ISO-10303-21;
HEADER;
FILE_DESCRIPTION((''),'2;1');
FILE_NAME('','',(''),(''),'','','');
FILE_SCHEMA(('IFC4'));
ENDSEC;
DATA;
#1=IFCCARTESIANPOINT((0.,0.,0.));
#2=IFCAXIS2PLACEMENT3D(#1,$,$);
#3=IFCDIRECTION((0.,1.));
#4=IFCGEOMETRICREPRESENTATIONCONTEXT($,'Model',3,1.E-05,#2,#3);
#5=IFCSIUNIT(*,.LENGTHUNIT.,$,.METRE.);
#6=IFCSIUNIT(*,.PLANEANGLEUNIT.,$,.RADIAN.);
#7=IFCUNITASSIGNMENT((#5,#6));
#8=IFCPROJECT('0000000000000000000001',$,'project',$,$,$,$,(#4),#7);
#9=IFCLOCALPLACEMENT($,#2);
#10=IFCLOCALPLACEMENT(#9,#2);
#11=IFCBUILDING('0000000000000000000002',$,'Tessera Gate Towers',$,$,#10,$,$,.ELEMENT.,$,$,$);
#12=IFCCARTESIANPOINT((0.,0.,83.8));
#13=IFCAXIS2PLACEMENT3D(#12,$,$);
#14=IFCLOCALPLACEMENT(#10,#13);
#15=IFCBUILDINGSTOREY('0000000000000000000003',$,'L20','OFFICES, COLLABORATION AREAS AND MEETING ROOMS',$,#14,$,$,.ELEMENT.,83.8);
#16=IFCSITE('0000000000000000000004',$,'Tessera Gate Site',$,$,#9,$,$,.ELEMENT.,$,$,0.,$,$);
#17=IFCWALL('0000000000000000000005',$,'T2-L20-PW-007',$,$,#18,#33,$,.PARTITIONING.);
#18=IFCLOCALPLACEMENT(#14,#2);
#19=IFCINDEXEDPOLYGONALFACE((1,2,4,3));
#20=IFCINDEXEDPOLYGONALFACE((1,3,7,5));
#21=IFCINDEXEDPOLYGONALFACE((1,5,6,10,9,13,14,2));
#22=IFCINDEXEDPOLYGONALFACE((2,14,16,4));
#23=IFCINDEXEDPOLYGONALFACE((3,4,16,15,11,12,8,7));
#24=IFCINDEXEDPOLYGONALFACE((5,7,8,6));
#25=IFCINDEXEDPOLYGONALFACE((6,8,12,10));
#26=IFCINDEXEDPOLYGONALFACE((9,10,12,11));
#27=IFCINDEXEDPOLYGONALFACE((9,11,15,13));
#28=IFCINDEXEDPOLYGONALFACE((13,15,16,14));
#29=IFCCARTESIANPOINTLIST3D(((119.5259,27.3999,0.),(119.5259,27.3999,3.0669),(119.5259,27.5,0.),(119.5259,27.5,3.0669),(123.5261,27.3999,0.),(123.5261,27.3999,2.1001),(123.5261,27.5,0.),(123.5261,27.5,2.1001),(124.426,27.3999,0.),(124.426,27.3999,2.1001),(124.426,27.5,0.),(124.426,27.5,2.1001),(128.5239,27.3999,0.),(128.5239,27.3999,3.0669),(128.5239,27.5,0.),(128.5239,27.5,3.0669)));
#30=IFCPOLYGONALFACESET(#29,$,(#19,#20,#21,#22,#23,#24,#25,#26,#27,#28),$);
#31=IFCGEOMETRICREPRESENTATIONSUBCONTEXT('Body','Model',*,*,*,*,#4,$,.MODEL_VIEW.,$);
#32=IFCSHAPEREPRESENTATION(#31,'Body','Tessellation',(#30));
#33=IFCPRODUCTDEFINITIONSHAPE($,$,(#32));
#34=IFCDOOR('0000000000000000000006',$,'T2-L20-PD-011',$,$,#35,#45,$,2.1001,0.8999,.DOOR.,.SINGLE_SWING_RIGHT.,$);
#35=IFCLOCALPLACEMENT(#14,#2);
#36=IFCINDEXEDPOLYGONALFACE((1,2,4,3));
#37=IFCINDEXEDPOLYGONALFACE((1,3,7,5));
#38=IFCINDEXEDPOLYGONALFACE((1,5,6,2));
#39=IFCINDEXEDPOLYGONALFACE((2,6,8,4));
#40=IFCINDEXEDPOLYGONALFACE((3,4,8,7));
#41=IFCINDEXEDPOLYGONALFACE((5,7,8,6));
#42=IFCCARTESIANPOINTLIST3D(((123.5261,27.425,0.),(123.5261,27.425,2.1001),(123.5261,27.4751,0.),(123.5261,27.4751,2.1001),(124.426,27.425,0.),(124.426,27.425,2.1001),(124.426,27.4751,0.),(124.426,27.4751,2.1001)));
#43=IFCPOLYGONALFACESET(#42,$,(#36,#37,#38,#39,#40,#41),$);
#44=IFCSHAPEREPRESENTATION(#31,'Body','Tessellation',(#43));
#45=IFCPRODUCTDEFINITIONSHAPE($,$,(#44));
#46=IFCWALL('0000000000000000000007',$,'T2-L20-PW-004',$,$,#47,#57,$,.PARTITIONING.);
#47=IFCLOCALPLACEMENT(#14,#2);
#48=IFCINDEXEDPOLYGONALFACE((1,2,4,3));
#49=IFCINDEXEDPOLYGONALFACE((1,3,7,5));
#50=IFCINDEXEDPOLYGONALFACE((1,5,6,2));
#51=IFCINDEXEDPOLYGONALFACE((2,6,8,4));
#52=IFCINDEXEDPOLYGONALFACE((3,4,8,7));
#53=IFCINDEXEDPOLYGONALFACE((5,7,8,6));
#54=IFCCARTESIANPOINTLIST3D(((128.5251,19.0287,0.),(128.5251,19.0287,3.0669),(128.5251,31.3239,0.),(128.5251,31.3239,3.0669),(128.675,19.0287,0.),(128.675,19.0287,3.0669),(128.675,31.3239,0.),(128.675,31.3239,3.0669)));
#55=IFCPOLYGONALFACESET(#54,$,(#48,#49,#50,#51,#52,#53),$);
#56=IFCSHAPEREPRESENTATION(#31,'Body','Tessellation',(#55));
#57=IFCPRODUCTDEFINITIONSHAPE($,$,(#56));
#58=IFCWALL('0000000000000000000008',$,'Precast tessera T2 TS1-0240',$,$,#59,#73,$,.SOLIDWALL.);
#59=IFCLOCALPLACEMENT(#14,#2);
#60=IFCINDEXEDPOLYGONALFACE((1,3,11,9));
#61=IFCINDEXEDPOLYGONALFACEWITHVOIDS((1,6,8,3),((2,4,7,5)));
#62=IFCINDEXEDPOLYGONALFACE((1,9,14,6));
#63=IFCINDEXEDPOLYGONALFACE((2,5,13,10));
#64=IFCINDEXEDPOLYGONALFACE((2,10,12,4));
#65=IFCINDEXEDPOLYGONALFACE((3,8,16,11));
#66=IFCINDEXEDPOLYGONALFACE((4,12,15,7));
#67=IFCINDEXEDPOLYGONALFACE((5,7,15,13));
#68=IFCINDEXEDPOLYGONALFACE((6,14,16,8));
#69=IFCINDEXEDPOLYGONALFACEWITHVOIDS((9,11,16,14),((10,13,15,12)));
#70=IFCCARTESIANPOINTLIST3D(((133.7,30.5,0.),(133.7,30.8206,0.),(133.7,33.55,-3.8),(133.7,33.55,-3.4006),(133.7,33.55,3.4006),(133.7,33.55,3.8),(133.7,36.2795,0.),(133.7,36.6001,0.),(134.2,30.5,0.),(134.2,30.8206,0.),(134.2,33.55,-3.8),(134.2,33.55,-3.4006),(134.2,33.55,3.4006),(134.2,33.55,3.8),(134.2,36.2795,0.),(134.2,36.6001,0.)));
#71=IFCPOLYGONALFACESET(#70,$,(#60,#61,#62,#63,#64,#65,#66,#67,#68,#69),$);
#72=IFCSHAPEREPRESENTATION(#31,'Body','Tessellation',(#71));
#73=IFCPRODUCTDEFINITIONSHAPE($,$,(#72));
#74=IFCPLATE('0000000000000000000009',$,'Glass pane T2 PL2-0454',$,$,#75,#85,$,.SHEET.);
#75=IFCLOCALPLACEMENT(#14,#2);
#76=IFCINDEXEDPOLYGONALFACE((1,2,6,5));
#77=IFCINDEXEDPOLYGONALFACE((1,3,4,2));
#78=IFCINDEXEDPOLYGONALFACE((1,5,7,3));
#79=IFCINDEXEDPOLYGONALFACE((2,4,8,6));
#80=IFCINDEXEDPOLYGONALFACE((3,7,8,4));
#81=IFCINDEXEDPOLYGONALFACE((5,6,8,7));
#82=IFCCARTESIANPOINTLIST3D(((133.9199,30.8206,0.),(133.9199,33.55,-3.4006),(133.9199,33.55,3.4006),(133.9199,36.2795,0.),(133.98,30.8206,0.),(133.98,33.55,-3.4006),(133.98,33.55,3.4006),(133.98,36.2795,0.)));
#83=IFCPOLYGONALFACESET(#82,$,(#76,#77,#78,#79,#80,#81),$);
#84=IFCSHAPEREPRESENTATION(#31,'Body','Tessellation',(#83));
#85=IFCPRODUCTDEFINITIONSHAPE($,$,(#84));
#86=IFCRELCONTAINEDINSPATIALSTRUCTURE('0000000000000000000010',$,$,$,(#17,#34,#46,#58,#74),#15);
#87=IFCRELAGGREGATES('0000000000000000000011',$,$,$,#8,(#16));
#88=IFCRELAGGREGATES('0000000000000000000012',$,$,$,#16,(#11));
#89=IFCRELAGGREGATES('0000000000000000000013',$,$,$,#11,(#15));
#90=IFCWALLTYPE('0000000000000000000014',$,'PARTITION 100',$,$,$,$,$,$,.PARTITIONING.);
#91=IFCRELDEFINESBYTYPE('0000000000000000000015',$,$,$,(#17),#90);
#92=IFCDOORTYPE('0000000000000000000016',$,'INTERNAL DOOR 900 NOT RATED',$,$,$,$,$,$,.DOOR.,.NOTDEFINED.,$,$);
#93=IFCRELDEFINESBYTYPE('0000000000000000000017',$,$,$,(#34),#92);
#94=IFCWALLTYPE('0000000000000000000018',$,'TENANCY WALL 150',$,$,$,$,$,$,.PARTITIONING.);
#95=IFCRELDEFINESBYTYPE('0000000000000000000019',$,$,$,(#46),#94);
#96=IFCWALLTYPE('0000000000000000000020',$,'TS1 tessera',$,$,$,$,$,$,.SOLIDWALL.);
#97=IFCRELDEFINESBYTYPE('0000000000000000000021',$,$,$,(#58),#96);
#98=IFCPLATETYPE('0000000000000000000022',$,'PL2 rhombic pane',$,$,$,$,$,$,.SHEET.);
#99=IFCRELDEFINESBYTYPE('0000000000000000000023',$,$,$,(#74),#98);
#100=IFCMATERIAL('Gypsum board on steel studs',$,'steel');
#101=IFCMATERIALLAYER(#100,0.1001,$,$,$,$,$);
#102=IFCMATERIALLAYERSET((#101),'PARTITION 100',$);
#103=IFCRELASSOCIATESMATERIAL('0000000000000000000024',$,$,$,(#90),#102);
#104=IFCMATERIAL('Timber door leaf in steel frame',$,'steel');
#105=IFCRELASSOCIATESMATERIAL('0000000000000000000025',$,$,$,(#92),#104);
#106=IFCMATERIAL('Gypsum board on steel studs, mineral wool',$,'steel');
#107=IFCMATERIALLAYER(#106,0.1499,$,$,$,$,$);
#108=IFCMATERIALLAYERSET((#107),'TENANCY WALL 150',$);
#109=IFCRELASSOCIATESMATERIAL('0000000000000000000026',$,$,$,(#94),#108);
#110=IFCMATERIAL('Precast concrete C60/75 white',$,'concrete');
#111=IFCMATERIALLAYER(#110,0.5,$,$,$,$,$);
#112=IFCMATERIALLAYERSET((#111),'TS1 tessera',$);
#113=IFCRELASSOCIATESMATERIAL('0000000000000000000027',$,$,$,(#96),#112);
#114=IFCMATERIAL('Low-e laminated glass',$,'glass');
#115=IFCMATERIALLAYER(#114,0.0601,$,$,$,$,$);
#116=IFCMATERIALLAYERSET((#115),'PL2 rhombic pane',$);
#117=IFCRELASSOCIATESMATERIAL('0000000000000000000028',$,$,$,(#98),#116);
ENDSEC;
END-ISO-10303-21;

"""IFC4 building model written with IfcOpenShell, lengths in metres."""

from ifc_helpers import new_model, si_unit, direction, frame, frame_2d, origin, place, context, subcontext, project, spatial, polyline, rectangle, outline, extrude, source, transform, mapped, material, layer, layer_set, type_object, element, fill, save


model = new_model("IFC4")

# Units and contexts
model_context = context("Model", 3, precision=1e-05, world=origin(), true_north=direction((0.0, 1.0)))
body_context = subcontext(model_context, "Body", "Model", "MODEL_VIEW")
ifc_project = project(units=[si_unit("LENGTHUNIT", "METRE"), si_unit("PLANEANGLEUNIT", "RADIAN")], contexts=[model_context])

# Site, building, storey
site_placement = place(None, origin())
site = spatial("IfcSite", under=ifc_project, at=site_placement, Name="Tessera Gate Site", CompositionType="ELEMENT", RefElevation=0.0)
building_placement = place(site_placement, origin())
building = spatial("IfcBuilding", under=site, at=building_placement, Name="Tessera Gate Towers", CompositionType="ELEMENT")
storey_placement = place(building_placement, frame((0.0, 0.0, 83.8)))
storey = spatial("IfcBuildingStorey", under=building, at=storey_placement, Name="L20", Description="OFFICES, COLLABORATION AREAS AND MEETING ROOMS", CompositionType="ELEMENT", Elevation=83.8)

# Shared definitions
ifc_material_1 = material(Name="Gypsum board on steel studs", Category="steel")
ifc_layer_1 = layer(ifc_material_1, 0.1001)
ifc_layer_set_1 = layer_set([ifc_layer_1], Name="PARTITION 100")
wall_type_1 = type_object("IfcWallType", Name="PARTITION 100", PredefinedType="PARTITIONING", material=ifc_layer_set_1)

# Wall, opening, door
wall_1_placement = place(storey_placement, frame((128.5239, 27.45, 0.0), z_axis=(0.0, 0.0, 1.0), x_axis=(-1.0, 0.0, 0.0)))
wall_1 = element("IfcWall", 1, at=wall_1_placement, inside=storey, type_object=wall_type_1, Name="T2-L20-PW-007", PredefinedType="PARTITIONING", context=body_context, shape_type="SweptSolid", body=[
    extrude(rectangle(XDim=8.998, YDim=0.1001, at=frame_2d((4.499, 0.0))), origin(), (0.0, 0.0, 1.0), 3.0669),
])
shared_shape_1 = source(origin(), body_context, "Body", "SweptSolid", [
    extrude(rectangle(XDim=0.8999, YDim=2.1001, at=frame_2d((0.45, 1.05))), frame((0.0, 0.0601, 0.0), z_axis=(0.0, -1.0, 0.0), x_axis=(1.0, 0.0, 0.0)), (0.0, 0.0, 1.0), 0.1201),
])
opening_1_placement = place(wall_1_placement, frame((4.0979, 0.0, 0.0)))
opening_1 = element("IfcOpeningElement", 2, at=opening_1_placement, cuts=wall_1, PredefinedType="OPENING", context=body_context, shape_type="MappedRepresentation", body=[
    mapped(shared_shape_1, transform((0.0, 0.0, 0.0), scale=1.0)),
])
ifc_material_2 = material(Name="Timber door leaf in steel frame", Category="steel")
door_type = type_object("IfcDoorType", Name="INTERNAL DOOR 900 NOT RATED", OperationType="NOTDEFINED", PredefinedType="DOOR", material=ifc_material_2)
shared_shape_2 = source(origin(), body_context, "Body", "SweptSolid", [
    extrude(rectangle(XDim=0.8999, YDim=2.1001, at=frame_2d((0.45, 1.05))), frame((0.0, 0.0249, 0.0), z_axis=(0.0, -1.0, 0.0), x_axis=(1.0, 0.0, 0.0)), (0.0, 0.0, 1.0), 0.05),
])
door_placement = place(opening_1_placement, origin())
door = element("IfcDoor", 3, at=door_placement, inside=storey, type_object=door_type, Name="T2-L20-PD-011", OperationType="SINGLE_SWING_RIGHT", OverallHeight=2.1001, OverallWidth=0.8999, PredefinedType="DOOR", context=body_context, shape_type="MappedRepresentation", body=[
    mapped(shared_shape_2, transform((0.0, 0.0, 0.0), scale=1.0)),
])
fill(opening_1, door)

# Wall
ifc_material_3 = material(Name="Gypsum board on steel studs, mineral wool", Category="steel")
ifc_layer_2 = layer(ifc_material_3, 0.1499)
ifc_layer_set_2 = layer_set([ifc_layer_2], Name="TENANCY WALL 150")
wall_type_2 = type_object("IfcWallType", Name="TENANCY WALL 150", PredefinedType="PARTITIONING", material=ifc_layer_set_2)
wall_2_placement = place(storey_placement, frame((128.6001, 19.0288, 0.0), z_axis=(0.0, 0.0, 1.0), x_axis=(0.0, 1.0, 0.0)))
element("IfcWall", 4, at=wall_2_placement, inside=storey, type_object=wall_type_2, Name="T2-L20-PW-004", PredefinedType="PARTITIONING", context=body_context, shape_type="SweptSolid", body=[
    extrude(rectangle(XDim=12.2952, YDim=0.1499, at=frame_2d((6.1475, 0.0))), origin(), (0.0, 0.0, 1.0), 3.0669),
])

# Wall, opening, plate
ifc_material_4 = material(Name="Precast concrete C60/75 white", Category="concrete")
ifc_layer_3 = layer(ifc_material_4, 0.5)
ifc_layer_set_3 = layer_set([ifc_layer_3], Name="TS1 tessera")
wall_type_3 = type_object("IfcWallType", Name="TS1 tessera", PredefinedType="SOLIDWALL", material=ifc_layer_set_3)
shared_shape_3 = source(origin(), body_context, "Body", "SweptSolid", [
    extrude(outline(polyline([(3.05, 0.0), (6.1001, 3.8), (3.05, 7.6001), (0.0, 3.8), (3.05, 0.0)])), frame((0.0, 0.25, 0.0), z_axis=(0.0, -1.0, 0.0), x_axis=(1.0, 0.0, 0.0)), (0.0, 0.0, 1.0), 0.5),
])
wall_3_placement = place(storey_placement, frame((133.95, 30.5, -3.8), z_axis=(0.0, 0.0, 1.0), x_axis=(0.0, 1.0, 0.0)))
wall_3 = element("IfcWall", 5, at=wall_3_placement, inside=storey, type_object=wall_type_3, Name="Precast tessera T2 TS1-0240", PredefinedType="SOLIDWALL", context=body_context, shape_type="MappedRepresentation", body=[
    mapped(shared_shape_3, transform((0.0, 0.0, 0.0), scale=1.0)),
])
shared_shape_4 = source(origin(), body_context, "Body", "SweptSolid", [
    extrude(outline(polyline([(3.05, 0.3994), (5.7795, 3.8), (3.05, 7.2007), (0.3206, 3.8), (3.05, 0.3994)])), frame((0.0, 0.26, 0.0), z_axis=(0.0, -1.0, 0.0), x_axis=(1.0, 0.0, 0.0)), (0.0, 0.0, 1.0), 0.52),
])
opening_2_placement = place(wall_3_placement, origin())
opening_2 = element("IfcOpeningElement", 6, at=opening_2_placement, cuts=wall_3, PredefinedType="OPENING", context=body_context, shape_type="MappedRepresentation", body=[
    mapped(shared_shape_4, transform((0.0, 0.0, 0.0), scale=1.0)),
])
ifc_material_5 = material(Name="Low-e laminated glass", Category="glass")
ifc_layer_4 = layer(ifc_material_5, 0.0601)
ifc_layer_set_4 = layer_set([ifc_layer_4], Name="PL2 rhombic pane")
plate_type = type_object("IfcPlateType", Name="PL2 rhombic pane", PredefinedType="SHEET", material=ifc_layer_set_4)
shared_shape_5 = source(origin(), body_context, "Body", "SweptSolid", [
    extrude(outline(polyline([(3.05, 0.3994), (5.7795, 3.8), (3.05, 7.2007), (0.3206, 3.8), (3.05, 0.3994)])), frame((0.0, 0.03, 0.0), z_axis=(0.0, -1.0, 0.0), x_axis=(1.0, 0.0, 0.0)), (0.0, 0.0, 1.0), 0.0601),
])
plate_placement = place(opening_2_placement, origin())
plate = element("IfcPlate", 7, at=plate_placement, inside=storey, type_object=plate_type, Name="Glass pane T2 PL2-0454", PredefinedType="SHEET", context=body_context, shape_type="MappedRepresentation", body=[
    mapped(shared_shape_5, transform((0.0, 0.0, 0.0), scale=1.0)),
])
fill(opening_2, plate)

save(model, "model.ifc")
